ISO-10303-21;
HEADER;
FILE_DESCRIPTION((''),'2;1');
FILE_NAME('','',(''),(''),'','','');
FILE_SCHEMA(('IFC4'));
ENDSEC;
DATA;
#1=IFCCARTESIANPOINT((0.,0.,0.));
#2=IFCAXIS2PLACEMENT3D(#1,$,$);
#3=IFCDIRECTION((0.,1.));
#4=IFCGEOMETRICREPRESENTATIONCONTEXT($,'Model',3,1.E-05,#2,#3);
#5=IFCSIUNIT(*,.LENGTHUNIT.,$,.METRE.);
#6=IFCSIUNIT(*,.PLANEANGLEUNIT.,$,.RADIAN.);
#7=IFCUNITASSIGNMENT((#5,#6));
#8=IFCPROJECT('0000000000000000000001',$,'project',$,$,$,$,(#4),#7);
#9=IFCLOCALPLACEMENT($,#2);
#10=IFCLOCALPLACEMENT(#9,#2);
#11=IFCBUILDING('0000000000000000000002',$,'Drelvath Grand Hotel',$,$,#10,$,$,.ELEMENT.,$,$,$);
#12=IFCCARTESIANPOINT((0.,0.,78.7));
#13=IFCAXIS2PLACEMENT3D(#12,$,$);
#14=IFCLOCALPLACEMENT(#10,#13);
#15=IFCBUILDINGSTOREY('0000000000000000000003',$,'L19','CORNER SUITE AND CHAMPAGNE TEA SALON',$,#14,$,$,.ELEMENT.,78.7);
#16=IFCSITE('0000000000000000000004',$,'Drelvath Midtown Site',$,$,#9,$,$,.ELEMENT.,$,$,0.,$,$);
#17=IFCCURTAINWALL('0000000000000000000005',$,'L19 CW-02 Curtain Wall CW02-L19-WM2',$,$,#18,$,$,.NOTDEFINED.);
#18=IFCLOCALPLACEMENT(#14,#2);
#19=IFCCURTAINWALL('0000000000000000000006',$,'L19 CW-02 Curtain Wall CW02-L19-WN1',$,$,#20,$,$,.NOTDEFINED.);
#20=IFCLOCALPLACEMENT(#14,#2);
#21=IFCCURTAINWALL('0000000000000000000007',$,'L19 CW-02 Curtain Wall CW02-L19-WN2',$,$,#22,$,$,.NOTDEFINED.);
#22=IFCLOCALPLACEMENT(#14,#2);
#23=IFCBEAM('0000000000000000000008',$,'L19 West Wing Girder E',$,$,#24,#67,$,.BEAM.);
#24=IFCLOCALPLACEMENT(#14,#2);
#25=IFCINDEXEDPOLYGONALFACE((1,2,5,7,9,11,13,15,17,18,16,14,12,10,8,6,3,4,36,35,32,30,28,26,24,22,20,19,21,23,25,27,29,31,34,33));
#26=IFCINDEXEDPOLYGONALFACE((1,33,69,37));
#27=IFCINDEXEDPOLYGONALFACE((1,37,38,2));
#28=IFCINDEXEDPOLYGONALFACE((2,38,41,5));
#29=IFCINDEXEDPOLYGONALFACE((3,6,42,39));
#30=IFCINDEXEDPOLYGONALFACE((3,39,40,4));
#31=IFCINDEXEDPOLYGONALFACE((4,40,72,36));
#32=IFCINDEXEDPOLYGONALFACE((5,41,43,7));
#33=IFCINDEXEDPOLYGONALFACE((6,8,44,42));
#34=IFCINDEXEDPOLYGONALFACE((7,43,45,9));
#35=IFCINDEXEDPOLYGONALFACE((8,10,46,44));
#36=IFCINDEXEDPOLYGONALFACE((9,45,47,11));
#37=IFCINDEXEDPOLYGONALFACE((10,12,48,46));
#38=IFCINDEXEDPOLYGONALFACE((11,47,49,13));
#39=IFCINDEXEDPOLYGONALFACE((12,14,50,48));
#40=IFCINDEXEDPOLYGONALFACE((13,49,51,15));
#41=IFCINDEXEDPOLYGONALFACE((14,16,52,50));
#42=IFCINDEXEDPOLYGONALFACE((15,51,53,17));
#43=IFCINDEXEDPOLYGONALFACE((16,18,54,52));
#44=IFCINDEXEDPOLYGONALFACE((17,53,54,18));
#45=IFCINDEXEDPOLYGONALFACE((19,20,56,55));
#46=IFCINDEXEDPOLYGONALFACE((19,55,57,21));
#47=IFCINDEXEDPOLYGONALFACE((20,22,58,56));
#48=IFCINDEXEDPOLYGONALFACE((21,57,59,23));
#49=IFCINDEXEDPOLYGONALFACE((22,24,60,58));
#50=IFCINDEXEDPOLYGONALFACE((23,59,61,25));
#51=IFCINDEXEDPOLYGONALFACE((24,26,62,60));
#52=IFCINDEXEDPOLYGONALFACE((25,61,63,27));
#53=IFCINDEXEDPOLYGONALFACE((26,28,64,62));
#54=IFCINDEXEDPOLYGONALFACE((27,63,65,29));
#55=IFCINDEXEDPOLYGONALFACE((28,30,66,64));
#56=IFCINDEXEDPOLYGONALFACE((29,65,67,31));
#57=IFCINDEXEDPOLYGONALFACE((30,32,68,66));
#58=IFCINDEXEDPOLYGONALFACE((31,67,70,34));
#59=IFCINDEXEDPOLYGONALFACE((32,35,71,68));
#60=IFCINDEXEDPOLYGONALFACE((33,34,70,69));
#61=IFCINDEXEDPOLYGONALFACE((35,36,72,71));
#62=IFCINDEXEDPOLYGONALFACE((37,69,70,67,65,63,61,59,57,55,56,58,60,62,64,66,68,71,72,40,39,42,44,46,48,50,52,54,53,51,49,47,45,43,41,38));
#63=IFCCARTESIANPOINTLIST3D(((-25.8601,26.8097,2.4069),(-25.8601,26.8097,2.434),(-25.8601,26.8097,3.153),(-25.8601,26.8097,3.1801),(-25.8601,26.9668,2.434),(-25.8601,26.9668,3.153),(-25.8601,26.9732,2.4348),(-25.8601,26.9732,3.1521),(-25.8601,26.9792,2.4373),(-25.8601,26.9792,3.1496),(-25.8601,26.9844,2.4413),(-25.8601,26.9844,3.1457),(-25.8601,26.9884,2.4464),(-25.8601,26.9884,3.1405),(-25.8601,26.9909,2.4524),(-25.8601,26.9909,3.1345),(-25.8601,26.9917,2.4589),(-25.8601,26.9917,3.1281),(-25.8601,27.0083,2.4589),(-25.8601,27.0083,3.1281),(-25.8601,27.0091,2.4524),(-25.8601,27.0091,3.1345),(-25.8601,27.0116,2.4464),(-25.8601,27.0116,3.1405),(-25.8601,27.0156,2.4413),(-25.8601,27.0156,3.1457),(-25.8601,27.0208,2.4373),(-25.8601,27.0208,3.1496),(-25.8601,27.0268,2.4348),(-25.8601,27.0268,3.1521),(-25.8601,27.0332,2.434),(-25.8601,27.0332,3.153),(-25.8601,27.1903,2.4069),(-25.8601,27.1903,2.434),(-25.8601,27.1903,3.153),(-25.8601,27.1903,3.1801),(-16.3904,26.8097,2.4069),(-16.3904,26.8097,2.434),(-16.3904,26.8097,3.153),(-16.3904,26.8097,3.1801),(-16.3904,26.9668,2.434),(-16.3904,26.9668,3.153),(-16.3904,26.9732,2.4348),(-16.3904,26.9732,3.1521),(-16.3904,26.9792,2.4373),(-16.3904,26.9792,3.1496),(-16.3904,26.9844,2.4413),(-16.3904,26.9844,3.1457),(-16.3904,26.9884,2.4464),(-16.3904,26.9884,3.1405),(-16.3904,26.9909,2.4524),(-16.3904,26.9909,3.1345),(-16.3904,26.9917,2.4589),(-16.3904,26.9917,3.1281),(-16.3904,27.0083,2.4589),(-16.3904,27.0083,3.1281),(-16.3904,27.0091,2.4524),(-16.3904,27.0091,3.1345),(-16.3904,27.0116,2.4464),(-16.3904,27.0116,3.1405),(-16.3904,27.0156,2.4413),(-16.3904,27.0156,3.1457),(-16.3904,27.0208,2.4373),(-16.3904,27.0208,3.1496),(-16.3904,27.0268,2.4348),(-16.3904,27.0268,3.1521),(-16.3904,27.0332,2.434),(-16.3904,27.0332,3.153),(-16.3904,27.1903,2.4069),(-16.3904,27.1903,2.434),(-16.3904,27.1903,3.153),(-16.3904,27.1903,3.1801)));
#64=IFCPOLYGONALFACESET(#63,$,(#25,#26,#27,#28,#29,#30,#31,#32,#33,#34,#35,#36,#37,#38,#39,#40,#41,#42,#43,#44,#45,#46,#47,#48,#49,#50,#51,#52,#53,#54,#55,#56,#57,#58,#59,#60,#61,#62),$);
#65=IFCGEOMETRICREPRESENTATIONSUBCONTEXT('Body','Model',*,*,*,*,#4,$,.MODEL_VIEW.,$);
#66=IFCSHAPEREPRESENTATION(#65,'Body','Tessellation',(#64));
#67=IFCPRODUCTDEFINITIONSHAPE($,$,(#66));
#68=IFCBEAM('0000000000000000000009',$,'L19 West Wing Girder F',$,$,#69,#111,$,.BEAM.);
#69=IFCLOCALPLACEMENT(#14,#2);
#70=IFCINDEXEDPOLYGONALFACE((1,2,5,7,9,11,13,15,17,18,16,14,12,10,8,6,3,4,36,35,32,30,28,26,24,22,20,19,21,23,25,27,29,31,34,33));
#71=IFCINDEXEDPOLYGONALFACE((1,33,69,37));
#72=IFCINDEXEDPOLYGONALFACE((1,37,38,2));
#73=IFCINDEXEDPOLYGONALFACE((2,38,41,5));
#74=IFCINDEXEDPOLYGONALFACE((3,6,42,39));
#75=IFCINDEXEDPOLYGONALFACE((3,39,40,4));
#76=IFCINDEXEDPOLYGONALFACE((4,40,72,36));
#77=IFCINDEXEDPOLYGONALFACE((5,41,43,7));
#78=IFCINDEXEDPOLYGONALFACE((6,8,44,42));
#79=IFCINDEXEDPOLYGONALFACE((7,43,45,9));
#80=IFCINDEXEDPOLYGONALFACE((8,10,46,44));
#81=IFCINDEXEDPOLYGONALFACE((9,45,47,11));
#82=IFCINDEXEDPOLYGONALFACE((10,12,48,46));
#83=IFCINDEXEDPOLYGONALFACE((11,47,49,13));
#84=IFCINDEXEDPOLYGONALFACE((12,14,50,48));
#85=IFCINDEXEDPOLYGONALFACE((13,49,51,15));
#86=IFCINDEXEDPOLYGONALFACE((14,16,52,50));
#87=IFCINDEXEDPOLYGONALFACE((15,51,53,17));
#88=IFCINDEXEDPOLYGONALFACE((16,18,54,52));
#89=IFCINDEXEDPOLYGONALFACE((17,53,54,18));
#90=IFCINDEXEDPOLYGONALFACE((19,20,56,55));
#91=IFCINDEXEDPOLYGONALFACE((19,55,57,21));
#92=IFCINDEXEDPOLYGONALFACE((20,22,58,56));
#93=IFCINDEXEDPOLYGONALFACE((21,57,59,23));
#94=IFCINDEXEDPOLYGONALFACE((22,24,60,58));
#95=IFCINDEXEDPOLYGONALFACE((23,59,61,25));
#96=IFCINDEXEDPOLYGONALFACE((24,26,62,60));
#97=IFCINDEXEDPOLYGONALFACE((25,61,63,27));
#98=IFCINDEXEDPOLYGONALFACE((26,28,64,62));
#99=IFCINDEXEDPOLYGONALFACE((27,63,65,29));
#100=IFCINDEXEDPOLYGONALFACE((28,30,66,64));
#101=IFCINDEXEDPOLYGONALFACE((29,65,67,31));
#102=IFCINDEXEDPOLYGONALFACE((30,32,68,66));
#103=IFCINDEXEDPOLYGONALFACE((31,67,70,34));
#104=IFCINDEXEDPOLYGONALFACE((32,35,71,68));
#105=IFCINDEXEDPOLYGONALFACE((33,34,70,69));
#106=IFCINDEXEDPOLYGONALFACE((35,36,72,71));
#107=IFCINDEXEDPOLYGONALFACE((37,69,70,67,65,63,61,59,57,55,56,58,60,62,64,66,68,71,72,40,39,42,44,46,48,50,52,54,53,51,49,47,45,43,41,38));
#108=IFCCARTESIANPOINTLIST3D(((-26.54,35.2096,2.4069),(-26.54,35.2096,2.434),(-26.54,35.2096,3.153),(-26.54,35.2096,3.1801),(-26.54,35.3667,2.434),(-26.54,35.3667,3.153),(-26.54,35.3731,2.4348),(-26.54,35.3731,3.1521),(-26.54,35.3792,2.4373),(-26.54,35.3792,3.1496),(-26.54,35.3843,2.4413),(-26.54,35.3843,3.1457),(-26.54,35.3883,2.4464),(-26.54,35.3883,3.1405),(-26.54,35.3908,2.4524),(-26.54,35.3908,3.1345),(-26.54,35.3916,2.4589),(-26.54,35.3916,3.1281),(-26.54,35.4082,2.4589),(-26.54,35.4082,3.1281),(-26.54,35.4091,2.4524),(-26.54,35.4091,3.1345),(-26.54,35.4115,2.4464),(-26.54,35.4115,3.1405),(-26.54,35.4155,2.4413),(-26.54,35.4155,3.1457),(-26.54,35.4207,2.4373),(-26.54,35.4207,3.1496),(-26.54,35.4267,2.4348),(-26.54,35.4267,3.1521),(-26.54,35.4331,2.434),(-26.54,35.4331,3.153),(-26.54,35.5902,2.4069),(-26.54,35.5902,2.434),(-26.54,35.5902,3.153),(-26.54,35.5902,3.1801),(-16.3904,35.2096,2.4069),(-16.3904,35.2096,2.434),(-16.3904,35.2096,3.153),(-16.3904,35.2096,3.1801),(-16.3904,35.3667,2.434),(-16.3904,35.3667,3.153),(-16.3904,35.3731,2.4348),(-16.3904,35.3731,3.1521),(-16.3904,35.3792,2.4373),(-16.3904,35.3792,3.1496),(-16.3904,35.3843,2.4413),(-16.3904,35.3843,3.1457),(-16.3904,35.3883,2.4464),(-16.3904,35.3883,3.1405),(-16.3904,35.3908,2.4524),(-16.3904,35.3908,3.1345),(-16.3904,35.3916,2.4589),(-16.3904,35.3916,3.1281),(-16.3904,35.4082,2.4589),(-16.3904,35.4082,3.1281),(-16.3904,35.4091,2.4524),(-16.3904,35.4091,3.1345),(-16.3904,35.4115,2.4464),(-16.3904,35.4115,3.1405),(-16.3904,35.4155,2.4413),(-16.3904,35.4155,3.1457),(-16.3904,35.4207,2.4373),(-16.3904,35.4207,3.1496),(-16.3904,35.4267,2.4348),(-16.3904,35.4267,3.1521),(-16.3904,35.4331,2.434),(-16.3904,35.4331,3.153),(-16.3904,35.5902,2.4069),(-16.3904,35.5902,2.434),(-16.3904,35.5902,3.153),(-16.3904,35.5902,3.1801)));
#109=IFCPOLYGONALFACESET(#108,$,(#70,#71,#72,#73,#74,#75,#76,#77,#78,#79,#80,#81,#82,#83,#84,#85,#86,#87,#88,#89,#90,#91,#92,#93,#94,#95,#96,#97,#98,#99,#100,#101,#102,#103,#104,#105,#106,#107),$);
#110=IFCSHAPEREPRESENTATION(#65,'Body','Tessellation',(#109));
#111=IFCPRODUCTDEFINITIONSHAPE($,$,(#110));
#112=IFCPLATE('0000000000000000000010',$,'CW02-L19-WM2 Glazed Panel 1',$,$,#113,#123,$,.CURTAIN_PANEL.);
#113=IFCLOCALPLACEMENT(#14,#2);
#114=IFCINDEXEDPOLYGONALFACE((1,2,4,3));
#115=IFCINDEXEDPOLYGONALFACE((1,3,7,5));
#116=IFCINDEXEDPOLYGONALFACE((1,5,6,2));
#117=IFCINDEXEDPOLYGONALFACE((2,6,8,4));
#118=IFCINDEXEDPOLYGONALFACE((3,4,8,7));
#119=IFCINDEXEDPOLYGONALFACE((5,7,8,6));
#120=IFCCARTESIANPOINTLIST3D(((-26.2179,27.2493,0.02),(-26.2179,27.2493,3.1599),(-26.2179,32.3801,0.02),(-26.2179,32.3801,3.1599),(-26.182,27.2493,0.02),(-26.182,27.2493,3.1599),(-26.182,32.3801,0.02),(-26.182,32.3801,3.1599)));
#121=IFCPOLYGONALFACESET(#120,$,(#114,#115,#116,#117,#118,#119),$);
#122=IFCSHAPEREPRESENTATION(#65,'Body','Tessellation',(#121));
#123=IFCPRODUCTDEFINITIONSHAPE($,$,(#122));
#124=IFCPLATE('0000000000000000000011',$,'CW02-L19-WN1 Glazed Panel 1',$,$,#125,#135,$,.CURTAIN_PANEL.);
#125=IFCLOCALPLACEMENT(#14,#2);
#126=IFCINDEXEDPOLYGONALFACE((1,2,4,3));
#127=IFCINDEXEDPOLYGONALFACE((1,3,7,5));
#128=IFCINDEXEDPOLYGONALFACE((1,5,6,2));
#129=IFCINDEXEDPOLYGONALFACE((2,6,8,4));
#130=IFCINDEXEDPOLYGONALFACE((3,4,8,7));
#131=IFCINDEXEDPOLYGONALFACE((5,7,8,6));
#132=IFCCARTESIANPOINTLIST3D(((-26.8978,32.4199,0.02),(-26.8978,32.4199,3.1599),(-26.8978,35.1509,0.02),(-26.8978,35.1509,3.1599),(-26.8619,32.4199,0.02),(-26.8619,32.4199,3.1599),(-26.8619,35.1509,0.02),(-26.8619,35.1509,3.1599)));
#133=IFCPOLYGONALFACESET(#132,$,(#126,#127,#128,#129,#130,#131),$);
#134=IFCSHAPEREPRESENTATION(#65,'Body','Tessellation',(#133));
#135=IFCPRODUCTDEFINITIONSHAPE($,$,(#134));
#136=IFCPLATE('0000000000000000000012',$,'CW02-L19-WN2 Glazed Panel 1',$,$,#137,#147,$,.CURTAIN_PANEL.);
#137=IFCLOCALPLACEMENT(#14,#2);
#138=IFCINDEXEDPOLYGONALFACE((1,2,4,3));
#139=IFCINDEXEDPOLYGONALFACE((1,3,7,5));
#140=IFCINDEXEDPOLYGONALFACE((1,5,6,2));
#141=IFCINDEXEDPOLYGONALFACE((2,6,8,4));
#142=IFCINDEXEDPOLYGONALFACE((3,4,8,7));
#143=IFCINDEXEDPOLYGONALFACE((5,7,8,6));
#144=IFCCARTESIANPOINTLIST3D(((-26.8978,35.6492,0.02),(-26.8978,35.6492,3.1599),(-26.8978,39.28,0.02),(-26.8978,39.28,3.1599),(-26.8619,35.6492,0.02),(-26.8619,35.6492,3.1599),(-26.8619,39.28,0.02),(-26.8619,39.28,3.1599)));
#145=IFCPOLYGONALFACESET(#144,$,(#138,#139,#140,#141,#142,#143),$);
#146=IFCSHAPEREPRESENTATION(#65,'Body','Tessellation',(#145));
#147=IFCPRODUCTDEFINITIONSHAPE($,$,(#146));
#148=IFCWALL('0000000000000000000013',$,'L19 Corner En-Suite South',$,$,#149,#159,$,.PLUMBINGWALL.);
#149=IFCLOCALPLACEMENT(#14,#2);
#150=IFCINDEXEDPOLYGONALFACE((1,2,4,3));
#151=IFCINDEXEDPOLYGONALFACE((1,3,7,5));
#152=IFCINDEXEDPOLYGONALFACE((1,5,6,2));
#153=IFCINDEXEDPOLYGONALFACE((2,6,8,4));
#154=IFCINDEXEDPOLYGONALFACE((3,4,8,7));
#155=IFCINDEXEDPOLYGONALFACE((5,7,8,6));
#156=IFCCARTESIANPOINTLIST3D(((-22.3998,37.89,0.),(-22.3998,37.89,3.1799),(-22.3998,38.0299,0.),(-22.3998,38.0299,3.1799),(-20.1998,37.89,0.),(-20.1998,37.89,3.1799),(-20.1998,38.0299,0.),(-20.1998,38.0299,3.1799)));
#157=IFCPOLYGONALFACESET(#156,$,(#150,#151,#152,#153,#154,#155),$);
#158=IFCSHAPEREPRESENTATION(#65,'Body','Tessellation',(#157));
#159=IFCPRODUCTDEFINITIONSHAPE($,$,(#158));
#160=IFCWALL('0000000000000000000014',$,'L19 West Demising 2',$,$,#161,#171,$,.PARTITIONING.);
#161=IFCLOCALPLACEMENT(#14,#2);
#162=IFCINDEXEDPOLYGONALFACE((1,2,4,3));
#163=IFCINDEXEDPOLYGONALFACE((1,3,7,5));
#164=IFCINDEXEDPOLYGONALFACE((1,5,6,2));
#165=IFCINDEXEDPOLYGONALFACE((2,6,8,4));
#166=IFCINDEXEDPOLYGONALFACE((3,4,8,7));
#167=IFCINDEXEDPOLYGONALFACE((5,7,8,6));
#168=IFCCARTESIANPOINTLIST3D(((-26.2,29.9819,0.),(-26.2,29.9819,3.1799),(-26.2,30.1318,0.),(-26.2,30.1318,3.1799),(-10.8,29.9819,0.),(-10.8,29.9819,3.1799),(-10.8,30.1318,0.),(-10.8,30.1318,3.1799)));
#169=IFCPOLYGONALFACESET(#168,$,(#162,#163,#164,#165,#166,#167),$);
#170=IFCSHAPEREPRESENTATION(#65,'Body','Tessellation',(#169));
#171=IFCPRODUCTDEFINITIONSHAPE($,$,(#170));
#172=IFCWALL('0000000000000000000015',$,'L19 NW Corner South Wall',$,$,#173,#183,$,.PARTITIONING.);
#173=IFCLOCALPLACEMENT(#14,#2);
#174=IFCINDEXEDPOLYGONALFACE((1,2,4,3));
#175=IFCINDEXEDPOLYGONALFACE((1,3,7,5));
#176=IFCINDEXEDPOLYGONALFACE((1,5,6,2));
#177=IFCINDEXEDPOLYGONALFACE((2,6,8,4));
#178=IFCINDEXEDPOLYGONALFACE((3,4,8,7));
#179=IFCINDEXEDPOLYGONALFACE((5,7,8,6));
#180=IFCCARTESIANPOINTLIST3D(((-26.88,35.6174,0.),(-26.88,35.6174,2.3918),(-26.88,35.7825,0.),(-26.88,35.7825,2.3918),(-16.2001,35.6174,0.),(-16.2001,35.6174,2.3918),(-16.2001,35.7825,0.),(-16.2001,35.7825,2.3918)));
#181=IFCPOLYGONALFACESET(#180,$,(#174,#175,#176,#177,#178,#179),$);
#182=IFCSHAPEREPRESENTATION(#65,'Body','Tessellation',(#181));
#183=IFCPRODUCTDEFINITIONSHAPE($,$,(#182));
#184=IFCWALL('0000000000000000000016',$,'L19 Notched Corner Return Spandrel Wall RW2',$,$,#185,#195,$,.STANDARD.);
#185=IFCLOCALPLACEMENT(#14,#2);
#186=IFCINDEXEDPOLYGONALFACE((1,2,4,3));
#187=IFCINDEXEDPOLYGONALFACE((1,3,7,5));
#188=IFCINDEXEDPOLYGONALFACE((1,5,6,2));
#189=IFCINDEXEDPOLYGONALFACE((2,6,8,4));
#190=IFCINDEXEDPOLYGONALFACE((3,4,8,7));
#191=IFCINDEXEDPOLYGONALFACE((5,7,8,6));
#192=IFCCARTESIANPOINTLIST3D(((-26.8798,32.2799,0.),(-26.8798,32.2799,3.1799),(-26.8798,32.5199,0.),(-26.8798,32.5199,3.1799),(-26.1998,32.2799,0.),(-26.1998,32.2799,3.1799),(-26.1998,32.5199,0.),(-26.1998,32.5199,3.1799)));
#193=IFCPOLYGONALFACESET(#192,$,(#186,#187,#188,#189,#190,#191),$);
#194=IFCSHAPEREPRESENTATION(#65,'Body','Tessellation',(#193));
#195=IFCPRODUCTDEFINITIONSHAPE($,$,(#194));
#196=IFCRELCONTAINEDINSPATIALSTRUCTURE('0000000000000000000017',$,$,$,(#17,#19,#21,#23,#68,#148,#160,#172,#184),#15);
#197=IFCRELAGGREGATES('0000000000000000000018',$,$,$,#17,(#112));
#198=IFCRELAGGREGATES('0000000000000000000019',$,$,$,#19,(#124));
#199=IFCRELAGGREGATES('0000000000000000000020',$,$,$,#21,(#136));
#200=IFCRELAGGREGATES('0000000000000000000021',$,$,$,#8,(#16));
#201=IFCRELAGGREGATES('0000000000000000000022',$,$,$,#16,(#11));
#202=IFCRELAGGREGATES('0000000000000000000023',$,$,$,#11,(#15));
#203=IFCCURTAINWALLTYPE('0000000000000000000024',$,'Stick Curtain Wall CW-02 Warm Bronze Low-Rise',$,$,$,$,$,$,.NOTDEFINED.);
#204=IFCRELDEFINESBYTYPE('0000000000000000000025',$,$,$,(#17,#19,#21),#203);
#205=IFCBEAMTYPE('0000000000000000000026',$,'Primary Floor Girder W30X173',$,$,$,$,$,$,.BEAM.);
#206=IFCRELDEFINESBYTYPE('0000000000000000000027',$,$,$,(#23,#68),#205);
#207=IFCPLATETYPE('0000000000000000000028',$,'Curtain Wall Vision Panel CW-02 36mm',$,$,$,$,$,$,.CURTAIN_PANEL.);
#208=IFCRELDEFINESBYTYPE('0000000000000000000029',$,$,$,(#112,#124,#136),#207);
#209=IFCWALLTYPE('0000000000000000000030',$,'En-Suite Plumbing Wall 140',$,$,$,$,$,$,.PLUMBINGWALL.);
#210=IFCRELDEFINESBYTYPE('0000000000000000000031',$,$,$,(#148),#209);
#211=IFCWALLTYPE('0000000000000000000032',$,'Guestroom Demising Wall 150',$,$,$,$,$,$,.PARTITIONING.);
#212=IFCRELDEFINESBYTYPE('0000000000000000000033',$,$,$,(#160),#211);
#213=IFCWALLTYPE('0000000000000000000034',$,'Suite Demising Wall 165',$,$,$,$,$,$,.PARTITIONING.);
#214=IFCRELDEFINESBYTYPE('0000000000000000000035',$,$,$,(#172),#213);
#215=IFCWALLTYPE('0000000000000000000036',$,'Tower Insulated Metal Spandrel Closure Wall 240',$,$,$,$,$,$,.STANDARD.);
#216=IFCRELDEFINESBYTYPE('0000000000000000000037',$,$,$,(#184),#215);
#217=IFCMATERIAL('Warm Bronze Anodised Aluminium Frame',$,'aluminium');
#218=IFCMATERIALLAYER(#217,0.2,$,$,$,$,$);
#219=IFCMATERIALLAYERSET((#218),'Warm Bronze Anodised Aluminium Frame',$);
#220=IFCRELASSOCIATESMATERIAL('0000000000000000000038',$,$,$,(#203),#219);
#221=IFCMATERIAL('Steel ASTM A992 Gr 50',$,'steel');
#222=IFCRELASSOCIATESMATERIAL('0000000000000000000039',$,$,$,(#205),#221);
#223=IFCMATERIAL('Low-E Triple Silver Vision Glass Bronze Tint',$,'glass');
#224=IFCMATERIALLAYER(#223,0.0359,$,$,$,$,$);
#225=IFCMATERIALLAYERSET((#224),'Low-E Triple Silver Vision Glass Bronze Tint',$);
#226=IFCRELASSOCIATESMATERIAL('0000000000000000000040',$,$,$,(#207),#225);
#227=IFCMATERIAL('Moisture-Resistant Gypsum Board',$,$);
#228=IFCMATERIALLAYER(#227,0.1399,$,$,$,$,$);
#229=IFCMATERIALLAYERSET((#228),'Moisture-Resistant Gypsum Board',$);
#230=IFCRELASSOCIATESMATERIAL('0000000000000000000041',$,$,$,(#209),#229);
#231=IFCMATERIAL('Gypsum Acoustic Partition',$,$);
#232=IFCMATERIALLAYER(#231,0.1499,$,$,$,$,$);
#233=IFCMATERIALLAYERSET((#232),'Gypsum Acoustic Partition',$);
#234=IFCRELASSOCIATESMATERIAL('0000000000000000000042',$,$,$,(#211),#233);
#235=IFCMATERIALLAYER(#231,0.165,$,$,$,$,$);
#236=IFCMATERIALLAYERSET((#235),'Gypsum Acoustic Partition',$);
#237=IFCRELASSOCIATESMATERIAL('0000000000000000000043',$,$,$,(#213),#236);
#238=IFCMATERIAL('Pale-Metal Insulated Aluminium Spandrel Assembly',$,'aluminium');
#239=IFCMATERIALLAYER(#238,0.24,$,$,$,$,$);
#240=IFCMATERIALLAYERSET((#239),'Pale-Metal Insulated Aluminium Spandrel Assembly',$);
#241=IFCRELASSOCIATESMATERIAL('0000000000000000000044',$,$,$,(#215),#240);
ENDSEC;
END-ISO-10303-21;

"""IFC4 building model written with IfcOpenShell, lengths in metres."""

from ifc_helpers import new_model, si_unit, direction, frame, frame_2d, origin, origin_2d, place, context, subcontext, project, spatial, rectangle, i_section, extrude, material, layer, layer_set, material_profile, profile_set, type_object, element, aggregate, save


model = new_model("IFC4")

# Units and contexts
model_context = context("Model", 3, precision=1e-05, world=origin(), true_north=direction((0.0, 1.0)))
body_context = subcontext(model_context, "Body", "Model", "MODEL_VIEW")
ifc_project = project(units=[si_unit("LENGTHUNIT", "METRE"), si_unit("PLANEANGLEUNIT", "RADIAN")], contexts=[model_context])

# Site, building, storey
site_placement = place(None, origin())
site = spatial("IfcSite", under=ifc_project, at=site_placement, Name="Drelvath Midtown Site", CompositionType="ELEMENT", RefElevation=0.0)
building_placement = place(site_placement, origin())
building = spatial("IfcBuilding", under=site, at=building_placement, Name="Drelvath Grand Hotel", CompositionType="ELEMENT")
storey_placement = place(building_placement, frame((0.0, 0.0, 78.7)))
storey = spatial("IfcBuildingStorey", under=building, at=storey_placement, Name="L19", Description="CORNER SUITE AND CHAMPAGNE TEA SALON", CompositionType="ELEMENT", Elevation=78.7)

# Curtain walls
ifc_material_1 = material(Name="Warm Bronze Anodised Aluminium Frame", Category="aluminium")
ifc_layer_1 = layer(ifc_material_1, 0.2)
ifc_layer_set_1 = layer_set([ifc_layer_1], Name="Warm Bronze Anodised Aluminium Frame")
curtain_wall_type = type_object("IfcCurtainWallType", Name="Stick Curtain Wall CW-02 Warm Bronze Low-Rise", PredefinedType="NOTDEFINED", material=ifc_layer_set_1)
curtain_wall_1_placement = place(storey_placement, origin())
curtain_wall_1 = element("IfcCurtainWall", 1, at=curtain_wall_1_placement, inside=storey, type_object=curtain_wall_type, Name="L19 CW-02 Curtain Wall CW02-L19-WM2", PredefinedType="NOTDEFINED")
curtain_wall_2_placement = place(storey_placement, origin())
curtain_wall_2 = element("IfcCurtainWall", 2, at=curtain_wall_2_placement, inside=storey, type_object=curtain_wall_type, Name="L19 CW-02 Curtain Wall CW02-L19-WN1", PredefinedType="NOTDEFINED")
curtain_wall_3_placement = place(storey_placement, origin())
curtain_wall_3 = element("IfcCurtainWall", 3, at=curtain_wall_3_placement, inside=storey, type_object=curtain_wall_type, Name="L19 CW-02 Curtain Wall CW02-L19-WN2", PredefinedType="NOTDEFINED")

# Beams
ifc_material_2 = material(Name="Steel ASTM A992 Gr 50", Category="steel")
ifc_material_profile_1 = material_profile(ifc_material_2, i_section(OverallWidth=0.3806, OverallDepth=0.7732, WebThickness=0.0166, FlangeThickness=0.0271, FilletRadius=0.0249, at=origin_2d()), Name="W30X173")
ifc_profile_set_1 = profile_set([ifc_material_profile_1], Name="Steel ASTM A992 Gr 50")
beam_type_1 = type_object("IfcBeamType", Name="Primary Floor Girder W30X173", PredefinedType="BEAM", material=ifc_profile_set_1)
beam_1_placement = place(storey_placement, frame((-25.8601, 27.0, 2.7935), z_axis=(1.0, 0.0, 0.0), x_axis=(0.0, 1.0, 0.0)))
element("IfcBeam", 4, at=beam_1_placement, inside=storey, type_object=beam_type_1, Name="L19 West Wing Girder E", PredefinedType="BEAM", context=body_context, shape_type="SweptSolid", body=[
    extrude(i_section(OverallWidth=0.3806, OverallDepth=0.7732, WebThickness=0.0166, FlangeThickness=0.0271, FilletRadius=0.0249, at=origin_2d()), origin(), (0.0, 0.0, 1.0), 9.4697),
])
beam_2_placement = place(storey_placement, frame((-26.54, 35.3999, 2.7935), z_axis=(1.0, 0.0, 0.0), x_axis=(0.0, 1.0, 0.0)))
element("IfcBeam", 5, at=beam_2_placement, inside=storey, type_object=beam_type_1, Name="L19 West Wing Girder F", PredefinedType="BEAM", context=body_context, shape_type="SweptSolid", body=[
    extrude(i_section(OverallWidth=0.3806, OverallDepth=0.7732, WebThickness=0.0166, FlangeThickness=0.0271, FilletRadius=0.0249, at=origin_2d()), origin(), (0.0, 0.0, 1.0), 10.1497),
])

# Plates
ifc_material_3 = material(Name="Low-E Triple Silver Vision Glass Bronze Tint", Category="glass")
ifc_layer_2 = layer(ifc_material_3, 0.0359)
ifc_layer_set_2 = layer_set([ifc_layer_2], Name="Low-E Triple Silver Vision Glass Bronze Tint")
plate_type = type_object("IfcPlateType", Name="Curtain Wall Vision Panel CW-02 36mm", PredefinedType="CURTAIN_PANEL", material=ifc_layer_set_2)
plate_1_placement = place(storey_placement, frame((-26.2, 29.8147, 0.02), z_axis=(0.0, 0.0, 1.0), x_axis=(0.0, 1.0, 0.0)))
plate_1 = element("IfcPlate", 6, at=plate_1_placement, type_object=plate_type, Name="CW02-L19-WM2 Glazed Panel 1", PredefinedType="CURTAIN_PANEL", context=body_context, shape_type="SweptSolid", body=[
    extrude(rectangle(XDim=5.1309, YDim=0.0359, at=origin_2d()), origin(), (0.0, 0.0, 1.0), 3.1399),
])
aggregate(curtain_wall_1, [plate_1])
plate_2_placement = place(storey_placement, frame((-26.8799, 33.7854, 0.02), z_axis=(0.0, 0.0, 1.0), x_axis=(0.0, 1.0, 0.0)))
plate_2 = element("IfcPlate", 7, at=plate_2_placement, type_object=plate_type, Name="CW02-L19-WN1 Glazed Panel 1", PredefinedType="CURTAIN_PANEL", context=body_context, shape_type="SweptSolid", body=[
    extrude(rectangle(XDim=2.731, YDim=0.0359, at=origin_2d()), origin(), (0.0, 0.0, 1.0), 3.1399),
])
aggregate(curtain_wall_2, [plate_2])
plate_3_placement = place(storey_placement, frame((-26.8799, 37.4646, 0.02), z_axis=(0.0, 0.0, 1.0), x_axis=(0.0, 1.0, 0.0)))
plate_3 = element("IfcPlate", 8, at=plate_3_placement, type_object=plate_type, Name="CW02-L19-WN2 Glazed Panel 1", PredefinedType="CURTAIN_PANEL", context=body_context, shape_type="SweptSolid", body=[
    extrude(rectangle(XDim=3.6309, YDim=0.0359, at=origin_2d()), origin(), (0.0, 0.0, 1.0), 3.1399),
])
aggregate(curtain_wall_3, [plate_3])

# Walls
ifc_material_4 = material(Name="Moisture-Resistant Gypsum Board")
ifc_layer_3 = layer(ifc_material_4, 0.1399)
ifc_layer_set_3 = layer_set([ifc_layer_3], Name="Moisture-Resistant Gypsum Board")
wall_type_1 = type_object("IfcWallType", Name="En-Suite Plumbing Wall 140", PredefinedType="PLUMBINGWALL", material=ifc_layer_set_3)
wall_1_placement = place(storey_placement, frame((-22.3999, 37.96, 0.0), z_axis=(0.0, 0.0, 1.0), x_axis=(1.0, 0.0, 0.0)))
element("IfcWall", 9, at=wall_1_placement, inside=storey, type_object=wall_type_1, Name="L19 Corner En-Suite South", PredefinedType="PLUMBINGWALL", context=body_context, shape_type="SweptSolid", body=[
    extrude(rectangle(XDim=2.2, YDim=0.1399, at=frame_2d((1.1001, 0.0))), origin(), (0.0, 0.0, 1.0), 3.1799),
])
ifc_material_5 = material(Name="Gypsum Acoustic Partition")
ifc_layer_4 = layer(ifc_material_5, 0.1499)
ifc_layer_set_4 = layer_set([ifc_layer_4], Name="Gypsum Acoustic Partition")
wall_type_2 = type_object("IfcWallType", Name="Guestroom Demising Wall 150", PredefinedType="PARTITIONING", material=ifc_layer_set_4)
wall_2_placement = place(storey_placement, frame((-26.2, 30.0569, 0.0), z_axis=(0.0, 0.0, 1.0), x_axis=(1.0, 0.0, 0.0)))
element("IfcWall", 10, at=wall_2_placement, inside=storey, type_object=wall_type_2, Name="L19 West Demising 2", PredefinedType="PARTITIONING", context=body_context, shape_type="SweptSolid", body=[
    extrude(rectangle(XDim=15.3999, YDim=0.1499, at=frame_2d((7.7, 0.0))), origin(), (0.0, 0.0, 1.0), 3.1799),
])
ifc_layer_5 = layer(ifc_material_5, 0.165)
ifc_layer_set_5 = layer_set([ifc_layer_5], Name="Gypsum Acoustic Partition")
wall_type_3 = type_object("IfcWallType", Name="Suite Demising Wall 165", PredefinedType="PARTITIONING", material=ifc_layer_set_5)
wall_3_placement = place(storey_placement, frame((-26.8799, 35.7, 0.0), z_axis=(0.0, 0.0, 1.0), x_axis=(1.0, 0.0, 0.0)))
element("IfcWall", 11, at=wall_3_placement, inside=storey, type_object=wall_type_3, Name="L19 NW Corner South Wall", PredefinedType="PARTITIONING", context=body_context, shape_type="SweptSolid", body=[
    extrude(rectangle(XDim=10.6799, YDim=0.165, at=frame_2d((5.3398, 0.0))), origin(), (0.0, 0.0, 1.0), 2.3918),
])
ifc_material_6 = material(Name="Pale-Metal Insulated Aluminium Spandrel Assembly", Category="aluminium")
ifc_layer_6 = layer(ifc_material_6, 0.24)
ifc_layer_set_6 = layer_set([ifc_layer_6], Name="Pale-Metal Insulated Aluminium Spandrel Assembly")
wall_type_4 = type_object("IfcWallType", Name="Tower Insulated Metal Spandrel Closure Wall 240", PredefinedType="STANDARD", material=ifc_layer_set_6)
wall_4_placement = place(storey_placement, frame((-26.2, 32.3999, 0.0), z_axis=(0.0, 0.0, 1.0), x_axis=(-1.0, 0.0, 0.0)))
element("IfcWall", 12, at=wall_4_placement, inside=storey, type_object=wall_type_4, Name="L19 Notched Corner Return Spandrel Wall RW2", PredefinedType="STANDARD", context=body_context, shape_type="SweptSolid", body=[
    extrude(rectangle(XDim=0.6799, YDim=0.24, at=frame_2d((0.3398, 0.0))), origin(), (0.0, 0.0, 1.0), 3.1799),
])

save(model, "model.ifc")
